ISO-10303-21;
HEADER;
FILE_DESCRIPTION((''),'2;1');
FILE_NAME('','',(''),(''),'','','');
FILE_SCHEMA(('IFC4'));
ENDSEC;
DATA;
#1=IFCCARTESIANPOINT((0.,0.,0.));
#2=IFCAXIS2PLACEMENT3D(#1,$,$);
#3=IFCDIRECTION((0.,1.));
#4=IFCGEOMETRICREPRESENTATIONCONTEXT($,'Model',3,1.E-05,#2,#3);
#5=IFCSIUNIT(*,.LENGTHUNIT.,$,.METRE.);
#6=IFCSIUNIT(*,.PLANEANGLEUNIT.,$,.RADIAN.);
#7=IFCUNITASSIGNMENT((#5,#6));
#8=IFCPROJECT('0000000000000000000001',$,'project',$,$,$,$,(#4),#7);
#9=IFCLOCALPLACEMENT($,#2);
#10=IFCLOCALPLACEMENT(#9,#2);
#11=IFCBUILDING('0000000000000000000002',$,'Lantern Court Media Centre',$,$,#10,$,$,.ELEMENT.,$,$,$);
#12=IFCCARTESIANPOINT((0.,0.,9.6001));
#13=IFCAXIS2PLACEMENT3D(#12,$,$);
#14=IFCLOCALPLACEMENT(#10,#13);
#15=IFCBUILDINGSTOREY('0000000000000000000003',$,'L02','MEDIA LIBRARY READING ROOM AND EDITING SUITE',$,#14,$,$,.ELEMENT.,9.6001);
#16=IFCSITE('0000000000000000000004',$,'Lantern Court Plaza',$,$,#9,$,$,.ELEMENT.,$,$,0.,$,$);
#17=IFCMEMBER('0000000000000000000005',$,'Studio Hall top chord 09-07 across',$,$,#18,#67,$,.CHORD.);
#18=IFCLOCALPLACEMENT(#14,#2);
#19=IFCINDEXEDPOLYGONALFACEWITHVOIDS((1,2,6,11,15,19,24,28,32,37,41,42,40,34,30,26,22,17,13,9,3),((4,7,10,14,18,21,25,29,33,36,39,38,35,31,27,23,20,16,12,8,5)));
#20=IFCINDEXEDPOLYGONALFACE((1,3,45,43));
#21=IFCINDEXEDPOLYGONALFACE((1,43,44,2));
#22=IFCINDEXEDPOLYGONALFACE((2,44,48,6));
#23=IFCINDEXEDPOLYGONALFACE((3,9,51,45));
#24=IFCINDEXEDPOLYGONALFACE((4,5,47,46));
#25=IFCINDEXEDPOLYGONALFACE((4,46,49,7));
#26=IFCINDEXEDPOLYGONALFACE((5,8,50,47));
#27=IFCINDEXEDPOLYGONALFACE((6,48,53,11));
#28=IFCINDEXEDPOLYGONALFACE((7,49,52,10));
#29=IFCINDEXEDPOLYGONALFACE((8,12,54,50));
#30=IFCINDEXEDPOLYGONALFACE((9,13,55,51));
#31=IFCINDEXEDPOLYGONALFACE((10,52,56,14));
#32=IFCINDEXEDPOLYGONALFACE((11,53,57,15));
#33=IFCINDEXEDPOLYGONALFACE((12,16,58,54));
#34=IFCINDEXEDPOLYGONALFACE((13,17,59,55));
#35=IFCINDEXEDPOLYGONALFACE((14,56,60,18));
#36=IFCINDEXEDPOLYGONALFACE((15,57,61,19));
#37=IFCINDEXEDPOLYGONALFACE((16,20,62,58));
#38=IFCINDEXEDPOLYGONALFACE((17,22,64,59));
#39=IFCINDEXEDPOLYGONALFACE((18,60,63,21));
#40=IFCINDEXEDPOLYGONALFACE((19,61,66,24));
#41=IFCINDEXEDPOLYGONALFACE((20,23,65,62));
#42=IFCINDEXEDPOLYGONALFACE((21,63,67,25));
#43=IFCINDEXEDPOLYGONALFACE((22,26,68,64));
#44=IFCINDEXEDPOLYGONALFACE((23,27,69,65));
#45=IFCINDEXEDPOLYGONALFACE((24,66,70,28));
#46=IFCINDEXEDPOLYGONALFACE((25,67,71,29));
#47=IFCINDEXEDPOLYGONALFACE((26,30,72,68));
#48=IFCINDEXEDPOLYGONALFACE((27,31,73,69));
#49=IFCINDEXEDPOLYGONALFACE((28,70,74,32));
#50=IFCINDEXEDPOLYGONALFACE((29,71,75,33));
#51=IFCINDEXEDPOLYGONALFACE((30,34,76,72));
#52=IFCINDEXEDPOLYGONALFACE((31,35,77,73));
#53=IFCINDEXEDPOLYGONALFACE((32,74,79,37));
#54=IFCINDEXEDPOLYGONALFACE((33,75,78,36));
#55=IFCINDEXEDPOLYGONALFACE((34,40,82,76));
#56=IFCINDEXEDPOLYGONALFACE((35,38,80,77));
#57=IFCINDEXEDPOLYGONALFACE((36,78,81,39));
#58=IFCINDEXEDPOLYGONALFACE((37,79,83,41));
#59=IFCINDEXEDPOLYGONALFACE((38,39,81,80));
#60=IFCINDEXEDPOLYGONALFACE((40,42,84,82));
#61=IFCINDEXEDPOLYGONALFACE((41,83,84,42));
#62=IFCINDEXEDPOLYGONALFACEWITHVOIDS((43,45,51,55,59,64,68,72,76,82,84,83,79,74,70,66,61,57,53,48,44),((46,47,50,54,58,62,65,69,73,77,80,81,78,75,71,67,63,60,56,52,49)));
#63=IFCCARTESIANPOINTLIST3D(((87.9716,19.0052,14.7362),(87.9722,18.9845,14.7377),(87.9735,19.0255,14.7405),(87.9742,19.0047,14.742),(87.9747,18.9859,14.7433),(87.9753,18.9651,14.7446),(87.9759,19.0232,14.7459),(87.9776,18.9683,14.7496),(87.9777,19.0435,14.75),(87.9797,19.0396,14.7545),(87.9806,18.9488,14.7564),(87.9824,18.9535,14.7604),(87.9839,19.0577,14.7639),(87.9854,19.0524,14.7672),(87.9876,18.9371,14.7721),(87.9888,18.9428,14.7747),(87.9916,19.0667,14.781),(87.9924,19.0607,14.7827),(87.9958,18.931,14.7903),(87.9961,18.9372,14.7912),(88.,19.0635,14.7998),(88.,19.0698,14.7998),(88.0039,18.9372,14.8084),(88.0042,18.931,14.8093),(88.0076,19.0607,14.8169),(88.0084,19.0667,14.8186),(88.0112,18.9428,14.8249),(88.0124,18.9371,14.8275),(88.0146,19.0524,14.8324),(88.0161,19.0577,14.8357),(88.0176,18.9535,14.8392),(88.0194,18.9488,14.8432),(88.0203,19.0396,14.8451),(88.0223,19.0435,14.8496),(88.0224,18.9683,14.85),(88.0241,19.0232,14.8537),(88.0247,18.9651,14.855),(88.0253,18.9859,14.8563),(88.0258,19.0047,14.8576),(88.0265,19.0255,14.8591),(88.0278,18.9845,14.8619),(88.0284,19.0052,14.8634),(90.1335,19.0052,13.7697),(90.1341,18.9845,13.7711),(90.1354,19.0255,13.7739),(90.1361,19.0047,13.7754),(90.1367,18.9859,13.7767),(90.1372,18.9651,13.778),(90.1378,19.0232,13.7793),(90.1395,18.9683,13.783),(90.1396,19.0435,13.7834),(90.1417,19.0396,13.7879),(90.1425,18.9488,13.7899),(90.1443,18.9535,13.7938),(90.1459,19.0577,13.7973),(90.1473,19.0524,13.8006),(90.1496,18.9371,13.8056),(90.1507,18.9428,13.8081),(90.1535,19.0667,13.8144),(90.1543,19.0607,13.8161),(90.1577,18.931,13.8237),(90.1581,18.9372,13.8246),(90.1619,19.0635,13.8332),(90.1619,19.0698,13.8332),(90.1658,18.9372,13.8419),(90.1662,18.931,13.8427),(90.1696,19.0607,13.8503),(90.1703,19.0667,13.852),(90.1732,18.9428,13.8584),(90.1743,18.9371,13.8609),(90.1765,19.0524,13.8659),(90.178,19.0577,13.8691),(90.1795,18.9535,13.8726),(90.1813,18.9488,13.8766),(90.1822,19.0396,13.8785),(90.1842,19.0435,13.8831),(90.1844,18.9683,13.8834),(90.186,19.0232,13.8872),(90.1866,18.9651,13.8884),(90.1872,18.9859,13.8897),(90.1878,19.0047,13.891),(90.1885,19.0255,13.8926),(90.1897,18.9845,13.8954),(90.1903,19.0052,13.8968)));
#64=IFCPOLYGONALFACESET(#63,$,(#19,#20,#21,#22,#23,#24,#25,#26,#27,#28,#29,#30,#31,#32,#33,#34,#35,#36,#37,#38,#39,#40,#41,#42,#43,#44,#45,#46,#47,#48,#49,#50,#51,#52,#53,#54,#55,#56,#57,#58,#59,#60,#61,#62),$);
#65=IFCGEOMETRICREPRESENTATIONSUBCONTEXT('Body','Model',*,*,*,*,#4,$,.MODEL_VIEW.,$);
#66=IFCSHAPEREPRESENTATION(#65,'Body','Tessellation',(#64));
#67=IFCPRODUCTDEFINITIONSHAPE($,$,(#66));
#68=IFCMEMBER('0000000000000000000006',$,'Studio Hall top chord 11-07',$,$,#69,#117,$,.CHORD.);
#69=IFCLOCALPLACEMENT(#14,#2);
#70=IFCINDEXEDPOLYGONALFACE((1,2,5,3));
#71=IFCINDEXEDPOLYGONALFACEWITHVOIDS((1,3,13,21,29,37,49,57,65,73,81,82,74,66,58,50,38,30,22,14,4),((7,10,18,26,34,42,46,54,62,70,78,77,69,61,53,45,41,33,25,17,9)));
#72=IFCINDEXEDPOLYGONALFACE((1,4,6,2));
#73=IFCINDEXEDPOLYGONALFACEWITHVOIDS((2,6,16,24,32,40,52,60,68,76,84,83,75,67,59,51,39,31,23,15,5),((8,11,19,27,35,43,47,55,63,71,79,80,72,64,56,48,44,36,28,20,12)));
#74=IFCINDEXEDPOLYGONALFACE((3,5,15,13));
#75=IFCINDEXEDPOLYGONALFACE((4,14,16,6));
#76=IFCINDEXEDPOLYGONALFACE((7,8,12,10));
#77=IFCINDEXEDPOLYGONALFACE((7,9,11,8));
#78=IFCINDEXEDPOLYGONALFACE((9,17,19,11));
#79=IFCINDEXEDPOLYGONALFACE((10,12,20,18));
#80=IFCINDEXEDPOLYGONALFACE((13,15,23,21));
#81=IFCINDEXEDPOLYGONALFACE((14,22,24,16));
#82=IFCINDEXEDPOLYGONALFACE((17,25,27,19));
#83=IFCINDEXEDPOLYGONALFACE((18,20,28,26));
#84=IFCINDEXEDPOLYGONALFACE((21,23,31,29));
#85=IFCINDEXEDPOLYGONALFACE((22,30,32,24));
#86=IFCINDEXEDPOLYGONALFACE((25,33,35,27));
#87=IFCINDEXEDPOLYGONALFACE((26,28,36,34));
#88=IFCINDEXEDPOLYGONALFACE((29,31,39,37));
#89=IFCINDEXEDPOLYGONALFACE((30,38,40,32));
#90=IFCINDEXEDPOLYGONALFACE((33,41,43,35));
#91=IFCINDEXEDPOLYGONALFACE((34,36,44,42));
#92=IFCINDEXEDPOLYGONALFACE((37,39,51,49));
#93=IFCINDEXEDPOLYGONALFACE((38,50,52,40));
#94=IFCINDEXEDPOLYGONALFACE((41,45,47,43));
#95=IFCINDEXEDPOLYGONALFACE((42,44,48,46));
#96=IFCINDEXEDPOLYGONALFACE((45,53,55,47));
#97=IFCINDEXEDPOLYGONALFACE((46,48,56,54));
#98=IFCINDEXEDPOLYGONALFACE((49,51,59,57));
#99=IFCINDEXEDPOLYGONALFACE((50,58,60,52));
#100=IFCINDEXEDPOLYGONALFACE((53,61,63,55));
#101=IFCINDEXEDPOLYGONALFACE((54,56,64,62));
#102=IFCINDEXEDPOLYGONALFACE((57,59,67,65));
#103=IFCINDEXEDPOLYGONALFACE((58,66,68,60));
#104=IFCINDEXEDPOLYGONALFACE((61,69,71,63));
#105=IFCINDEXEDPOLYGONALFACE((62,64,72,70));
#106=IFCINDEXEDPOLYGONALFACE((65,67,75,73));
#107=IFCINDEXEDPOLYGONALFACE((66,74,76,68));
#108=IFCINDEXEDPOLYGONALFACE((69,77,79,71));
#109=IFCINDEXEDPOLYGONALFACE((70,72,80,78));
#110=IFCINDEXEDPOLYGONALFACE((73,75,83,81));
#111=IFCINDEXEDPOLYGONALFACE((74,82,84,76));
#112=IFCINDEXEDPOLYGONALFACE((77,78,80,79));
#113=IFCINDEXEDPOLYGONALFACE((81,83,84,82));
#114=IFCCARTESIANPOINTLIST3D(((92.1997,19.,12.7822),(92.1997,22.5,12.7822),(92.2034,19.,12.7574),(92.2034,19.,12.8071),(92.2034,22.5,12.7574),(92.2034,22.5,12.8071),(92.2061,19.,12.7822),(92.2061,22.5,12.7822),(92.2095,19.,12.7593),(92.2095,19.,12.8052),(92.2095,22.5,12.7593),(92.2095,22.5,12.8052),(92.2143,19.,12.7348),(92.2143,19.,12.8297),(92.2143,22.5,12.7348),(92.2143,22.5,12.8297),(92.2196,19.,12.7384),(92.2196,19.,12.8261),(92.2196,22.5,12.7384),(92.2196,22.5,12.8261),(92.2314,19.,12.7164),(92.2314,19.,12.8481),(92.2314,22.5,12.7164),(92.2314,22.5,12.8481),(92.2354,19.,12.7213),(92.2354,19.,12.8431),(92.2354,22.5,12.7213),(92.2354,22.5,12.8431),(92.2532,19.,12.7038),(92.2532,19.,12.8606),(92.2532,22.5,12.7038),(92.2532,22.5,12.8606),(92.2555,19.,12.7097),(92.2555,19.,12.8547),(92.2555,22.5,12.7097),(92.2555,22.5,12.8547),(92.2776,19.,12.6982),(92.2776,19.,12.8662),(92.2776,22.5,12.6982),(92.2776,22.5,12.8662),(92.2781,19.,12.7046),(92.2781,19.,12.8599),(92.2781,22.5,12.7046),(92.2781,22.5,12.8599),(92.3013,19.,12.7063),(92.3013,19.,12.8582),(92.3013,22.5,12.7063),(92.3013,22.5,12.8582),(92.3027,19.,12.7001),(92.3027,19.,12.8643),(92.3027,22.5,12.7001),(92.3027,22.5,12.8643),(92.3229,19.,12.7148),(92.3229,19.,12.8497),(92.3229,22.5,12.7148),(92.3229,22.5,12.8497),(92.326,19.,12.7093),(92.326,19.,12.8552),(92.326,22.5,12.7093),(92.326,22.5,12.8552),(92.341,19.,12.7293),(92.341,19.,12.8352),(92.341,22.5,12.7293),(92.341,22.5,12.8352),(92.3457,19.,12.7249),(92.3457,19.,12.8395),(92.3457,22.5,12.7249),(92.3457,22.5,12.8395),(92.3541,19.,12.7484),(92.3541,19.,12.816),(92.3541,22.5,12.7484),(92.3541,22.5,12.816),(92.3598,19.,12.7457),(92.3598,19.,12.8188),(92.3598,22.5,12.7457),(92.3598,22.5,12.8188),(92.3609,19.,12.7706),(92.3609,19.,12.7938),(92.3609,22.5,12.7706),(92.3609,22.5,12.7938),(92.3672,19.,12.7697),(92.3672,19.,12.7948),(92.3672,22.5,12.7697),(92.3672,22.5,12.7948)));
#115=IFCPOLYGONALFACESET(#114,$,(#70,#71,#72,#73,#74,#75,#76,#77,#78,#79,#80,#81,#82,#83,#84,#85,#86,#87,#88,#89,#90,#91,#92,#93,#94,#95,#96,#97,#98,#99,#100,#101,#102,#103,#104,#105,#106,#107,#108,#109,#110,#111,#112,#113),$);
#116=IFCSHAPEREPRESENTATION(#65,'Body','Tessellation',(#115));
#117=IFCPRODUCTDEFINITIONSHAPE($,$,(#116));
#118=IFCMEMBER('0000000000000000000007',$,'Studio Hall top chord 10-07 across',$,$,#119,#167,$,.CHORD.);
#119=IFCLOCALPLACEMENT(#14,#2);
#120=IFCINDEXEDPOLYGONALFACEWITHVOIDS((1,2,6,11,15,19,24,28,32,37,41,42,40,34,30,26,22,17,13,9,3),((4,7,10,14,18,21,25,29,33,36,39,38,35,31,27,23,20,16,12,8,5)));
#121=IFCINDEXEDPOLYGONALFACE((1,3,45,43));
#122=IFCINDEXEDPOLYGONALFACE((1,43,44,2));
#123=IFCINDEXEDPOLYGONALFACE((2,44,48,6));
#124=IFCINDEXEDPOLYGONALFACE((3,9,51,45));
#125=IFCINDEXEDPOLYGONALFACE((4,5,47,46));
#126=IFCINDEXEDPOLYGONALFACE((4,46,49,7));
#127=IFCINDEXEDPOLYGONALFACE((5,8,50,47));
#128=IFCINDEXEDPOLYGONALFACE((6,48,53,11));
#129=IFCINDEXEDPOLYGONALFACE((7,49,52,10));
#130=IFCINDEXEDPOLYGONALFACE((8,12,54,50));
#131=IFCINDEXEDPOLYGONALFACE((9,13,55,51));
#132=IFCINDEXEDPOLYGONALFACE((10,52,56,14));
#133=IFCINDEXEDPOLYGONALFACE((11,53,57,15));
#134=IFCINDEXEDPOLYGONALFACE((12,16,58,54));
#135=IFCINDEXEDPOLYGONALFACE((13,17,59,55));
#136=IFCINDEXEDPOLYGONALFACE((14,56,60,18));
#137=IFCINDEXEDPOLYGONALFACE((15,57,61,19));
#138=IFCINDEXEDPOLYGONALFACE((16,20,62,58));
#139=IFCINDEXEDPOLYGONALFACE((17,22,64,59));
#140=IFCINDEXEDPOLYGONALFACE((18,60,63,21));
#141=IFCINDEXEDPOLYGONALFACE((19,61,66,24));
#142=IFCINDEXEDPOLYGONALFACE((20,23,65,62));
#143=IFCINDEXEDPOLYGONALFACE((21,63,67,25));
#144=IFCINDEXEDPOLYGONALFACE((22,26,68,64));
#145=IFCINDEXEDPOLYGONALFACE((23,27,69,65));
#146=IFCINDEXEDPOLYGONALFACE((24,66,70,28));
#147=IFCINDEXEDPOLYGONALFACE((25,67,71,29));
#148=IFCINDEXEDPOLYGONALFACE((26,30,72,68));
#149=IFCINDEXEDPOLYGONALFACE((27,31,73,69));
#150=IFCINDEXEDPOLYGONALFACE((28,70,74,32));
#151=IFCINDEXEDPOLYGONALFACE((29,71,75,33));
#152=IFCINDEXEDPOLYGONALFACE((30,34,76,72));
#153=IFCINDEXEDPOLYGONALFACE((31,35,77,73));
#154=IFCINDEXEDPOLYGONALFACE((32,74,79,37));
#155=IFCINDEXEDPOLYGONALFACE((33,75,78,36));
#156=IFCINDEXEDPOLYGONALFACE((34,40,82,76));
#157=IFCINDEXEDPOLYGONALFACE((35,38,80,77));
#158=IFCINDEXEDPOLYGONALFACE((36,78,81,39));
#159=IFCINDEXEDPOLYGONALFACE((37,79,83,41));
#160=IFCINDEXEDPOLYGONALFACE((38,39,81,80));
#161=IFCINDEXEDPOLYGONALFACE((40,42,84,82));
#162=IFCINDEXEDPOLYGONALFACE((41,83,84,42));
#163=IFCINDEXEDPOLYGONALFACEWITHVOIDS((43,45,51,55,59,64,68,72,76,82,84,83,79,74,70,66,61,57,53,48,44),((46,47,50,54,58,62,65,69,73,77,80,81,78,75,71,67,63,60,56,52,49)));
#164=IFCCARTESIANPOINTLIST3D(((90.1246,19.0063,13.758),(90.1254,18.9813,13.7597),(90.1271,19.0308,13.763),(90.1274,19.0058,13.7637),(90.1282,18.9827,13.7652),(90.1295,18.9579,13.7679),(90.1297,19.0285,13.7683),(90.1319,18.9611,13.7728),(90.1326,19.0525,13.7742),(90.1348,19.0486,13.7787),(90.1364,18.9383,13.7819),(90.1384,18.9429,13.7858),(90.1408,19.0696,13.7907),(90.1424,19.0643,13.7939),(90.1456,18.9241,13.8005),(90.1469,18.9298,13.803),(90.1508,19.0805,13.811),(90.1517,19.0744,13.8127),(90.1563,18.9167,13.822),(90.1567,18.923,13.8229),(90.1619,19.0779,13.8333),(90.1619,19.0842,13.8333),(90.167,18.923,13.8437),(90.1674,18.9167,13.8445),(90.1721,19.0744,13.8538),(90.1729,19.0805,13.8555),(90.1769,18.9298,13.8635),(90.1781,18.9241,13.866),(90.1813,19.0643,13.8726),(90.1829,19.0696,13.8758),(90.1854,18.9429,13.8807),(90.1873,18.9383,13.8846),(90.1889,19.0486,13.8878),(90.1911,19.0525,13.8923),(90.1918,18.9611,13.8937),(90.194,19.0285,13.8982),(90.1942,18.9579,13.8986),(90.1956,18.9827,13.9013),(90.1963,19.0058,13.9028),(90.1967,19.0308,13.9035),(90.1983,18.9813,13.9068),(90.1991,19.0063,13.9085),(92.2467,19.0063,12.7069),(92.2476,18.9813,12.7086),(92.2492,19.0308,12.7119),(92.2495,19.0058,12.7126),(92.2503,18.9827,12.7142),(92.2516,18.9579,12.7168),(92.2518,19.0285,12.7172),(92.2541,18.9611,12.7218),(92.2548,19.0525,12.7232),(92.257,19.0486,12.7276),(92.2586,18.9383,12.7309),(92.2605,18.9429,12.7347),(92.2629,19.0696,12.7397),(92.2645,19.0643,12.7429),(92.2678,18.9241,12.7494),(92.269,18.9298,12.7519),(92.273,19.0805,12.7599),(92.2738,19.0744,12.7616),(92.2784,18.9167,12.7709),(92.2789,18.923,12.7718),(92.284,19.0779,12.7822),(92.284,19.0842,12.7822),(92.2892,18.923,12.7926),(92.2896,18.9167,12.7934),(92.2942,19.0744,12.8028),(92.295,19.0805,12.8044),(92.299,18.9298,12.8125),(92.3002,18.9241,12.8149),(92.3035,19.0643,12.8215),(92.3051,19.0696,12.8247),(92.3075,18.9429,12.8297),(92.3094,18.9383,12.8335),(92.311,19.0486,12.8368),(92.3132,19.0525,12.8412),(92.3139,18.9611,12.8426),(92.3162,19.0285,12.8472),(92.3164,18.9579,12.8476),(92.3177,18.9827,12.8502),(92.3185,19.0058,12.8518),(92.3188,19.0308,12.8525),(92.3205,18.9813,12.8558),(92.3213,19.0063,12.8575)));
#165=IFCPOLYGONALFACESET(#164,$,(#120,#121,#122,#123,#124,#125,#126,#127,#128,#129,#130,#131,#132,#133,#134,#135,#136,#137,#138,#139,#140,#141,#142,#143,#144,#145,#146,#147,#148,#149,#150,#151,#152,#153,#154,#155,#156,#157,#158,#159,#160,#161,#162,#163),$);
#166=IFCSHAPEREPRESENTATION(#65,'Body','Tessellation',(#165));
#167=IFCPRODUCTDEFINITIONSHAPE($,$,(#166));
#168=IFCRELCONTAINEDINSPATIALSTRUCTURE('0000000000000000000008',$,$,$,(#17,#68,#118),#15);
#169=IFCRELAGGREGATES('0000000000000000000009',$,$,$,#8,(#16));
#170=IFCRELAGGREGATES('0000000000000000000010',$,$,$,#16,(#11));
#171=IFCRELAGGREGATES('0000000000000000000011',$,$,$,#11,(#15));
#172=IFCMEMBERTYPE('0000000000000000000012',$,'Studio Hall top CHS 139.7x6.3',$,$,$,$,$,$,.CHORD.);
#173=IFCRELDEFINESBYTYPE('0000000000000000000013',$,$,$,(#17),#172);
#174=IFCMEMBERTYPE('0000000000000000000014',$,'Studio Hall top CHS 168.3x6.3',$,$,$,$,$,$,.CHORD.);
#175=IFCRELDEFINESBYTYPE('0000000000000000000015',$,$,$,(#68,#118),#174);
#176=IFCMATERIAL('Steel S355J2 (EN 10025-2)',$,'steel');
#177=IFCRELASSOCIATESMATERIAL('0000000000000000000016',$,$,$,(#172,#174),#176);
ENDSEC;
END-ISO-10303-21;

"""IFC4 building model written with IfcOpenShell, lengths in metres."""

from ifc_helpers import new_model, si_unit, direction, frame, origin, origin_2d, place, context, subcontext, project, spatial, hollow_circle, extrude, material, material_profile, profile_set, type_object, element, save


model = new_model("IFC4")

# Units and contexts
model_context = context("Model", 3, precision=1e-05, world=origin(), true_north=direction((0.0, 1.0)))
body_context = subcontext(model_context, "Body", "Model", "MODEL_VIEW")
ifc_project = project(units=[si_unit("LENGTHUNIT", "METRE"), si_unit("PLANEANGLEUNIT", "RADIAN")], contexts=[model_context])

# Site, building, storey
site_placement = place(None, origin())
site = spatial("IfcSite", under=ifc_project, at=site_placement, Name="Lantern Court Plaza", CompositionType="ELEMENT", RefElevation=0.0)
building_placement = place(site_placement, origin())
building = spatial("IfcBuilding", under=site, at=building_placement, Name="Lantern Court Media Centre", CompositionType="ELEMENT")
storey_placement = place(building_placement, frame((0.0, 0.0, 9.6001)))
storey = spatial("IfcBuildingStorey", under=building, at=storey_placement, Name="L02", Description="MEDIA LIBRARY READING ROOM AND EDITING SUITE", CompositionType="ELEMENT", Elevation=9.6001)

# Members
ifc_material = material(Name="Steel S355J2 (EN 10025-2)", Category="steel")
ifc_material_profile_1 = material_profile(ifc_material, hollow_circle(Radius=0.0698, WallThickness=0.0063, at=origin_2d()), Name="Studio Hall top CHS 139.7x6.3")
ifc_profile_set_1 = profile_set([ifc_material_profile_1], Name="Steel S355J2 (EN 10025-2)")
member_type_1 = type_object("IfcMemberType", Name="Studio Hall top CHS 139.7x6.3", PredefinedType="CHORD", material=ifc_profile_set_1)
for number, where, z_axis, x_axis, name in (
    (1, (88.0, 19.0, 14.7998), (0.912912, 0.0, -0.408156), (0.0, 1.0, 0.0), "Studio Hall top chord 09-07 across"),
):
    element("IfcMember", number, at=place(storey_placement, frame(where, z_axis=z_axis, x_axis=x_axis)), inside=storey, type_object=member_type_1, Name=name, PredefinedType="CHORD", context=body_context, shape_type="SweptSolid", body=[
        extrude(hollow_circle(Radius=0.0698, WallThickness=0.0063, at=origin_2d()), origin(), (0.0, 0.0, 1.0), 2.3682),
    ])
ifc_material_profile_2 = material_profile(ifc_material, hollow_circle(Radius=0.0842, WallThickness=0.0063, at=origin_2d()), Name="Studio Hall top CHS 168.3x6.3")
ifc_profile_set_2 = profile_set([ifc_material_profile_2], Name="Steel S355J2 (EN 10025-2)")
member_type_2 = type_object("IfcMemberType", Name="Studio Hall top CHS 168.3x6.3", PredefinedType="CHORD", material=ifc_profile_set_2)
member_1_placement = place(storey_placement, frame((92.2839, 19.0, 12.7822), z_axis=(0.0, 1.0, 0.0), x_axis=(-1.0, 0.0, 0.0)))
element("IfcMember", 2, at=member_1_placement, inside=storey, type_object=member_type_2, Name="Studio Hall top chord 11-07", PredefinedType="CHORD", context=body_context, shape_type="SweptSolid", body=[
    extrude(hollow_circle(Radius=0.0842, WallThickness=0.0063, at=origin_2d()), origin(), (0.0, 0.0, 1.0), 3.5),
])
member_2_placement = place(storey_placement, frame((90.1619, 19.0, 13.8333), z_axis=(0.896112, 0.0, -0.443829), x_axis=(0.0, 1.0, 0.0)))
element("IfcMember", 3, at=member_2_placement, inside=storey, type_object=member_type_2, Name="Studio Hall top chord 10-07 across", PredefinedType="CHORD", context=body_context, shape_type="SweptSolid", body=[
    extrude(hollow_circle(Radius=0.0842, WallThickness=0.0063, at=origin_2d()), origin(), (0.0, 0.0, 1.0), 2.3682),
])

save(model, "model.ifc")
